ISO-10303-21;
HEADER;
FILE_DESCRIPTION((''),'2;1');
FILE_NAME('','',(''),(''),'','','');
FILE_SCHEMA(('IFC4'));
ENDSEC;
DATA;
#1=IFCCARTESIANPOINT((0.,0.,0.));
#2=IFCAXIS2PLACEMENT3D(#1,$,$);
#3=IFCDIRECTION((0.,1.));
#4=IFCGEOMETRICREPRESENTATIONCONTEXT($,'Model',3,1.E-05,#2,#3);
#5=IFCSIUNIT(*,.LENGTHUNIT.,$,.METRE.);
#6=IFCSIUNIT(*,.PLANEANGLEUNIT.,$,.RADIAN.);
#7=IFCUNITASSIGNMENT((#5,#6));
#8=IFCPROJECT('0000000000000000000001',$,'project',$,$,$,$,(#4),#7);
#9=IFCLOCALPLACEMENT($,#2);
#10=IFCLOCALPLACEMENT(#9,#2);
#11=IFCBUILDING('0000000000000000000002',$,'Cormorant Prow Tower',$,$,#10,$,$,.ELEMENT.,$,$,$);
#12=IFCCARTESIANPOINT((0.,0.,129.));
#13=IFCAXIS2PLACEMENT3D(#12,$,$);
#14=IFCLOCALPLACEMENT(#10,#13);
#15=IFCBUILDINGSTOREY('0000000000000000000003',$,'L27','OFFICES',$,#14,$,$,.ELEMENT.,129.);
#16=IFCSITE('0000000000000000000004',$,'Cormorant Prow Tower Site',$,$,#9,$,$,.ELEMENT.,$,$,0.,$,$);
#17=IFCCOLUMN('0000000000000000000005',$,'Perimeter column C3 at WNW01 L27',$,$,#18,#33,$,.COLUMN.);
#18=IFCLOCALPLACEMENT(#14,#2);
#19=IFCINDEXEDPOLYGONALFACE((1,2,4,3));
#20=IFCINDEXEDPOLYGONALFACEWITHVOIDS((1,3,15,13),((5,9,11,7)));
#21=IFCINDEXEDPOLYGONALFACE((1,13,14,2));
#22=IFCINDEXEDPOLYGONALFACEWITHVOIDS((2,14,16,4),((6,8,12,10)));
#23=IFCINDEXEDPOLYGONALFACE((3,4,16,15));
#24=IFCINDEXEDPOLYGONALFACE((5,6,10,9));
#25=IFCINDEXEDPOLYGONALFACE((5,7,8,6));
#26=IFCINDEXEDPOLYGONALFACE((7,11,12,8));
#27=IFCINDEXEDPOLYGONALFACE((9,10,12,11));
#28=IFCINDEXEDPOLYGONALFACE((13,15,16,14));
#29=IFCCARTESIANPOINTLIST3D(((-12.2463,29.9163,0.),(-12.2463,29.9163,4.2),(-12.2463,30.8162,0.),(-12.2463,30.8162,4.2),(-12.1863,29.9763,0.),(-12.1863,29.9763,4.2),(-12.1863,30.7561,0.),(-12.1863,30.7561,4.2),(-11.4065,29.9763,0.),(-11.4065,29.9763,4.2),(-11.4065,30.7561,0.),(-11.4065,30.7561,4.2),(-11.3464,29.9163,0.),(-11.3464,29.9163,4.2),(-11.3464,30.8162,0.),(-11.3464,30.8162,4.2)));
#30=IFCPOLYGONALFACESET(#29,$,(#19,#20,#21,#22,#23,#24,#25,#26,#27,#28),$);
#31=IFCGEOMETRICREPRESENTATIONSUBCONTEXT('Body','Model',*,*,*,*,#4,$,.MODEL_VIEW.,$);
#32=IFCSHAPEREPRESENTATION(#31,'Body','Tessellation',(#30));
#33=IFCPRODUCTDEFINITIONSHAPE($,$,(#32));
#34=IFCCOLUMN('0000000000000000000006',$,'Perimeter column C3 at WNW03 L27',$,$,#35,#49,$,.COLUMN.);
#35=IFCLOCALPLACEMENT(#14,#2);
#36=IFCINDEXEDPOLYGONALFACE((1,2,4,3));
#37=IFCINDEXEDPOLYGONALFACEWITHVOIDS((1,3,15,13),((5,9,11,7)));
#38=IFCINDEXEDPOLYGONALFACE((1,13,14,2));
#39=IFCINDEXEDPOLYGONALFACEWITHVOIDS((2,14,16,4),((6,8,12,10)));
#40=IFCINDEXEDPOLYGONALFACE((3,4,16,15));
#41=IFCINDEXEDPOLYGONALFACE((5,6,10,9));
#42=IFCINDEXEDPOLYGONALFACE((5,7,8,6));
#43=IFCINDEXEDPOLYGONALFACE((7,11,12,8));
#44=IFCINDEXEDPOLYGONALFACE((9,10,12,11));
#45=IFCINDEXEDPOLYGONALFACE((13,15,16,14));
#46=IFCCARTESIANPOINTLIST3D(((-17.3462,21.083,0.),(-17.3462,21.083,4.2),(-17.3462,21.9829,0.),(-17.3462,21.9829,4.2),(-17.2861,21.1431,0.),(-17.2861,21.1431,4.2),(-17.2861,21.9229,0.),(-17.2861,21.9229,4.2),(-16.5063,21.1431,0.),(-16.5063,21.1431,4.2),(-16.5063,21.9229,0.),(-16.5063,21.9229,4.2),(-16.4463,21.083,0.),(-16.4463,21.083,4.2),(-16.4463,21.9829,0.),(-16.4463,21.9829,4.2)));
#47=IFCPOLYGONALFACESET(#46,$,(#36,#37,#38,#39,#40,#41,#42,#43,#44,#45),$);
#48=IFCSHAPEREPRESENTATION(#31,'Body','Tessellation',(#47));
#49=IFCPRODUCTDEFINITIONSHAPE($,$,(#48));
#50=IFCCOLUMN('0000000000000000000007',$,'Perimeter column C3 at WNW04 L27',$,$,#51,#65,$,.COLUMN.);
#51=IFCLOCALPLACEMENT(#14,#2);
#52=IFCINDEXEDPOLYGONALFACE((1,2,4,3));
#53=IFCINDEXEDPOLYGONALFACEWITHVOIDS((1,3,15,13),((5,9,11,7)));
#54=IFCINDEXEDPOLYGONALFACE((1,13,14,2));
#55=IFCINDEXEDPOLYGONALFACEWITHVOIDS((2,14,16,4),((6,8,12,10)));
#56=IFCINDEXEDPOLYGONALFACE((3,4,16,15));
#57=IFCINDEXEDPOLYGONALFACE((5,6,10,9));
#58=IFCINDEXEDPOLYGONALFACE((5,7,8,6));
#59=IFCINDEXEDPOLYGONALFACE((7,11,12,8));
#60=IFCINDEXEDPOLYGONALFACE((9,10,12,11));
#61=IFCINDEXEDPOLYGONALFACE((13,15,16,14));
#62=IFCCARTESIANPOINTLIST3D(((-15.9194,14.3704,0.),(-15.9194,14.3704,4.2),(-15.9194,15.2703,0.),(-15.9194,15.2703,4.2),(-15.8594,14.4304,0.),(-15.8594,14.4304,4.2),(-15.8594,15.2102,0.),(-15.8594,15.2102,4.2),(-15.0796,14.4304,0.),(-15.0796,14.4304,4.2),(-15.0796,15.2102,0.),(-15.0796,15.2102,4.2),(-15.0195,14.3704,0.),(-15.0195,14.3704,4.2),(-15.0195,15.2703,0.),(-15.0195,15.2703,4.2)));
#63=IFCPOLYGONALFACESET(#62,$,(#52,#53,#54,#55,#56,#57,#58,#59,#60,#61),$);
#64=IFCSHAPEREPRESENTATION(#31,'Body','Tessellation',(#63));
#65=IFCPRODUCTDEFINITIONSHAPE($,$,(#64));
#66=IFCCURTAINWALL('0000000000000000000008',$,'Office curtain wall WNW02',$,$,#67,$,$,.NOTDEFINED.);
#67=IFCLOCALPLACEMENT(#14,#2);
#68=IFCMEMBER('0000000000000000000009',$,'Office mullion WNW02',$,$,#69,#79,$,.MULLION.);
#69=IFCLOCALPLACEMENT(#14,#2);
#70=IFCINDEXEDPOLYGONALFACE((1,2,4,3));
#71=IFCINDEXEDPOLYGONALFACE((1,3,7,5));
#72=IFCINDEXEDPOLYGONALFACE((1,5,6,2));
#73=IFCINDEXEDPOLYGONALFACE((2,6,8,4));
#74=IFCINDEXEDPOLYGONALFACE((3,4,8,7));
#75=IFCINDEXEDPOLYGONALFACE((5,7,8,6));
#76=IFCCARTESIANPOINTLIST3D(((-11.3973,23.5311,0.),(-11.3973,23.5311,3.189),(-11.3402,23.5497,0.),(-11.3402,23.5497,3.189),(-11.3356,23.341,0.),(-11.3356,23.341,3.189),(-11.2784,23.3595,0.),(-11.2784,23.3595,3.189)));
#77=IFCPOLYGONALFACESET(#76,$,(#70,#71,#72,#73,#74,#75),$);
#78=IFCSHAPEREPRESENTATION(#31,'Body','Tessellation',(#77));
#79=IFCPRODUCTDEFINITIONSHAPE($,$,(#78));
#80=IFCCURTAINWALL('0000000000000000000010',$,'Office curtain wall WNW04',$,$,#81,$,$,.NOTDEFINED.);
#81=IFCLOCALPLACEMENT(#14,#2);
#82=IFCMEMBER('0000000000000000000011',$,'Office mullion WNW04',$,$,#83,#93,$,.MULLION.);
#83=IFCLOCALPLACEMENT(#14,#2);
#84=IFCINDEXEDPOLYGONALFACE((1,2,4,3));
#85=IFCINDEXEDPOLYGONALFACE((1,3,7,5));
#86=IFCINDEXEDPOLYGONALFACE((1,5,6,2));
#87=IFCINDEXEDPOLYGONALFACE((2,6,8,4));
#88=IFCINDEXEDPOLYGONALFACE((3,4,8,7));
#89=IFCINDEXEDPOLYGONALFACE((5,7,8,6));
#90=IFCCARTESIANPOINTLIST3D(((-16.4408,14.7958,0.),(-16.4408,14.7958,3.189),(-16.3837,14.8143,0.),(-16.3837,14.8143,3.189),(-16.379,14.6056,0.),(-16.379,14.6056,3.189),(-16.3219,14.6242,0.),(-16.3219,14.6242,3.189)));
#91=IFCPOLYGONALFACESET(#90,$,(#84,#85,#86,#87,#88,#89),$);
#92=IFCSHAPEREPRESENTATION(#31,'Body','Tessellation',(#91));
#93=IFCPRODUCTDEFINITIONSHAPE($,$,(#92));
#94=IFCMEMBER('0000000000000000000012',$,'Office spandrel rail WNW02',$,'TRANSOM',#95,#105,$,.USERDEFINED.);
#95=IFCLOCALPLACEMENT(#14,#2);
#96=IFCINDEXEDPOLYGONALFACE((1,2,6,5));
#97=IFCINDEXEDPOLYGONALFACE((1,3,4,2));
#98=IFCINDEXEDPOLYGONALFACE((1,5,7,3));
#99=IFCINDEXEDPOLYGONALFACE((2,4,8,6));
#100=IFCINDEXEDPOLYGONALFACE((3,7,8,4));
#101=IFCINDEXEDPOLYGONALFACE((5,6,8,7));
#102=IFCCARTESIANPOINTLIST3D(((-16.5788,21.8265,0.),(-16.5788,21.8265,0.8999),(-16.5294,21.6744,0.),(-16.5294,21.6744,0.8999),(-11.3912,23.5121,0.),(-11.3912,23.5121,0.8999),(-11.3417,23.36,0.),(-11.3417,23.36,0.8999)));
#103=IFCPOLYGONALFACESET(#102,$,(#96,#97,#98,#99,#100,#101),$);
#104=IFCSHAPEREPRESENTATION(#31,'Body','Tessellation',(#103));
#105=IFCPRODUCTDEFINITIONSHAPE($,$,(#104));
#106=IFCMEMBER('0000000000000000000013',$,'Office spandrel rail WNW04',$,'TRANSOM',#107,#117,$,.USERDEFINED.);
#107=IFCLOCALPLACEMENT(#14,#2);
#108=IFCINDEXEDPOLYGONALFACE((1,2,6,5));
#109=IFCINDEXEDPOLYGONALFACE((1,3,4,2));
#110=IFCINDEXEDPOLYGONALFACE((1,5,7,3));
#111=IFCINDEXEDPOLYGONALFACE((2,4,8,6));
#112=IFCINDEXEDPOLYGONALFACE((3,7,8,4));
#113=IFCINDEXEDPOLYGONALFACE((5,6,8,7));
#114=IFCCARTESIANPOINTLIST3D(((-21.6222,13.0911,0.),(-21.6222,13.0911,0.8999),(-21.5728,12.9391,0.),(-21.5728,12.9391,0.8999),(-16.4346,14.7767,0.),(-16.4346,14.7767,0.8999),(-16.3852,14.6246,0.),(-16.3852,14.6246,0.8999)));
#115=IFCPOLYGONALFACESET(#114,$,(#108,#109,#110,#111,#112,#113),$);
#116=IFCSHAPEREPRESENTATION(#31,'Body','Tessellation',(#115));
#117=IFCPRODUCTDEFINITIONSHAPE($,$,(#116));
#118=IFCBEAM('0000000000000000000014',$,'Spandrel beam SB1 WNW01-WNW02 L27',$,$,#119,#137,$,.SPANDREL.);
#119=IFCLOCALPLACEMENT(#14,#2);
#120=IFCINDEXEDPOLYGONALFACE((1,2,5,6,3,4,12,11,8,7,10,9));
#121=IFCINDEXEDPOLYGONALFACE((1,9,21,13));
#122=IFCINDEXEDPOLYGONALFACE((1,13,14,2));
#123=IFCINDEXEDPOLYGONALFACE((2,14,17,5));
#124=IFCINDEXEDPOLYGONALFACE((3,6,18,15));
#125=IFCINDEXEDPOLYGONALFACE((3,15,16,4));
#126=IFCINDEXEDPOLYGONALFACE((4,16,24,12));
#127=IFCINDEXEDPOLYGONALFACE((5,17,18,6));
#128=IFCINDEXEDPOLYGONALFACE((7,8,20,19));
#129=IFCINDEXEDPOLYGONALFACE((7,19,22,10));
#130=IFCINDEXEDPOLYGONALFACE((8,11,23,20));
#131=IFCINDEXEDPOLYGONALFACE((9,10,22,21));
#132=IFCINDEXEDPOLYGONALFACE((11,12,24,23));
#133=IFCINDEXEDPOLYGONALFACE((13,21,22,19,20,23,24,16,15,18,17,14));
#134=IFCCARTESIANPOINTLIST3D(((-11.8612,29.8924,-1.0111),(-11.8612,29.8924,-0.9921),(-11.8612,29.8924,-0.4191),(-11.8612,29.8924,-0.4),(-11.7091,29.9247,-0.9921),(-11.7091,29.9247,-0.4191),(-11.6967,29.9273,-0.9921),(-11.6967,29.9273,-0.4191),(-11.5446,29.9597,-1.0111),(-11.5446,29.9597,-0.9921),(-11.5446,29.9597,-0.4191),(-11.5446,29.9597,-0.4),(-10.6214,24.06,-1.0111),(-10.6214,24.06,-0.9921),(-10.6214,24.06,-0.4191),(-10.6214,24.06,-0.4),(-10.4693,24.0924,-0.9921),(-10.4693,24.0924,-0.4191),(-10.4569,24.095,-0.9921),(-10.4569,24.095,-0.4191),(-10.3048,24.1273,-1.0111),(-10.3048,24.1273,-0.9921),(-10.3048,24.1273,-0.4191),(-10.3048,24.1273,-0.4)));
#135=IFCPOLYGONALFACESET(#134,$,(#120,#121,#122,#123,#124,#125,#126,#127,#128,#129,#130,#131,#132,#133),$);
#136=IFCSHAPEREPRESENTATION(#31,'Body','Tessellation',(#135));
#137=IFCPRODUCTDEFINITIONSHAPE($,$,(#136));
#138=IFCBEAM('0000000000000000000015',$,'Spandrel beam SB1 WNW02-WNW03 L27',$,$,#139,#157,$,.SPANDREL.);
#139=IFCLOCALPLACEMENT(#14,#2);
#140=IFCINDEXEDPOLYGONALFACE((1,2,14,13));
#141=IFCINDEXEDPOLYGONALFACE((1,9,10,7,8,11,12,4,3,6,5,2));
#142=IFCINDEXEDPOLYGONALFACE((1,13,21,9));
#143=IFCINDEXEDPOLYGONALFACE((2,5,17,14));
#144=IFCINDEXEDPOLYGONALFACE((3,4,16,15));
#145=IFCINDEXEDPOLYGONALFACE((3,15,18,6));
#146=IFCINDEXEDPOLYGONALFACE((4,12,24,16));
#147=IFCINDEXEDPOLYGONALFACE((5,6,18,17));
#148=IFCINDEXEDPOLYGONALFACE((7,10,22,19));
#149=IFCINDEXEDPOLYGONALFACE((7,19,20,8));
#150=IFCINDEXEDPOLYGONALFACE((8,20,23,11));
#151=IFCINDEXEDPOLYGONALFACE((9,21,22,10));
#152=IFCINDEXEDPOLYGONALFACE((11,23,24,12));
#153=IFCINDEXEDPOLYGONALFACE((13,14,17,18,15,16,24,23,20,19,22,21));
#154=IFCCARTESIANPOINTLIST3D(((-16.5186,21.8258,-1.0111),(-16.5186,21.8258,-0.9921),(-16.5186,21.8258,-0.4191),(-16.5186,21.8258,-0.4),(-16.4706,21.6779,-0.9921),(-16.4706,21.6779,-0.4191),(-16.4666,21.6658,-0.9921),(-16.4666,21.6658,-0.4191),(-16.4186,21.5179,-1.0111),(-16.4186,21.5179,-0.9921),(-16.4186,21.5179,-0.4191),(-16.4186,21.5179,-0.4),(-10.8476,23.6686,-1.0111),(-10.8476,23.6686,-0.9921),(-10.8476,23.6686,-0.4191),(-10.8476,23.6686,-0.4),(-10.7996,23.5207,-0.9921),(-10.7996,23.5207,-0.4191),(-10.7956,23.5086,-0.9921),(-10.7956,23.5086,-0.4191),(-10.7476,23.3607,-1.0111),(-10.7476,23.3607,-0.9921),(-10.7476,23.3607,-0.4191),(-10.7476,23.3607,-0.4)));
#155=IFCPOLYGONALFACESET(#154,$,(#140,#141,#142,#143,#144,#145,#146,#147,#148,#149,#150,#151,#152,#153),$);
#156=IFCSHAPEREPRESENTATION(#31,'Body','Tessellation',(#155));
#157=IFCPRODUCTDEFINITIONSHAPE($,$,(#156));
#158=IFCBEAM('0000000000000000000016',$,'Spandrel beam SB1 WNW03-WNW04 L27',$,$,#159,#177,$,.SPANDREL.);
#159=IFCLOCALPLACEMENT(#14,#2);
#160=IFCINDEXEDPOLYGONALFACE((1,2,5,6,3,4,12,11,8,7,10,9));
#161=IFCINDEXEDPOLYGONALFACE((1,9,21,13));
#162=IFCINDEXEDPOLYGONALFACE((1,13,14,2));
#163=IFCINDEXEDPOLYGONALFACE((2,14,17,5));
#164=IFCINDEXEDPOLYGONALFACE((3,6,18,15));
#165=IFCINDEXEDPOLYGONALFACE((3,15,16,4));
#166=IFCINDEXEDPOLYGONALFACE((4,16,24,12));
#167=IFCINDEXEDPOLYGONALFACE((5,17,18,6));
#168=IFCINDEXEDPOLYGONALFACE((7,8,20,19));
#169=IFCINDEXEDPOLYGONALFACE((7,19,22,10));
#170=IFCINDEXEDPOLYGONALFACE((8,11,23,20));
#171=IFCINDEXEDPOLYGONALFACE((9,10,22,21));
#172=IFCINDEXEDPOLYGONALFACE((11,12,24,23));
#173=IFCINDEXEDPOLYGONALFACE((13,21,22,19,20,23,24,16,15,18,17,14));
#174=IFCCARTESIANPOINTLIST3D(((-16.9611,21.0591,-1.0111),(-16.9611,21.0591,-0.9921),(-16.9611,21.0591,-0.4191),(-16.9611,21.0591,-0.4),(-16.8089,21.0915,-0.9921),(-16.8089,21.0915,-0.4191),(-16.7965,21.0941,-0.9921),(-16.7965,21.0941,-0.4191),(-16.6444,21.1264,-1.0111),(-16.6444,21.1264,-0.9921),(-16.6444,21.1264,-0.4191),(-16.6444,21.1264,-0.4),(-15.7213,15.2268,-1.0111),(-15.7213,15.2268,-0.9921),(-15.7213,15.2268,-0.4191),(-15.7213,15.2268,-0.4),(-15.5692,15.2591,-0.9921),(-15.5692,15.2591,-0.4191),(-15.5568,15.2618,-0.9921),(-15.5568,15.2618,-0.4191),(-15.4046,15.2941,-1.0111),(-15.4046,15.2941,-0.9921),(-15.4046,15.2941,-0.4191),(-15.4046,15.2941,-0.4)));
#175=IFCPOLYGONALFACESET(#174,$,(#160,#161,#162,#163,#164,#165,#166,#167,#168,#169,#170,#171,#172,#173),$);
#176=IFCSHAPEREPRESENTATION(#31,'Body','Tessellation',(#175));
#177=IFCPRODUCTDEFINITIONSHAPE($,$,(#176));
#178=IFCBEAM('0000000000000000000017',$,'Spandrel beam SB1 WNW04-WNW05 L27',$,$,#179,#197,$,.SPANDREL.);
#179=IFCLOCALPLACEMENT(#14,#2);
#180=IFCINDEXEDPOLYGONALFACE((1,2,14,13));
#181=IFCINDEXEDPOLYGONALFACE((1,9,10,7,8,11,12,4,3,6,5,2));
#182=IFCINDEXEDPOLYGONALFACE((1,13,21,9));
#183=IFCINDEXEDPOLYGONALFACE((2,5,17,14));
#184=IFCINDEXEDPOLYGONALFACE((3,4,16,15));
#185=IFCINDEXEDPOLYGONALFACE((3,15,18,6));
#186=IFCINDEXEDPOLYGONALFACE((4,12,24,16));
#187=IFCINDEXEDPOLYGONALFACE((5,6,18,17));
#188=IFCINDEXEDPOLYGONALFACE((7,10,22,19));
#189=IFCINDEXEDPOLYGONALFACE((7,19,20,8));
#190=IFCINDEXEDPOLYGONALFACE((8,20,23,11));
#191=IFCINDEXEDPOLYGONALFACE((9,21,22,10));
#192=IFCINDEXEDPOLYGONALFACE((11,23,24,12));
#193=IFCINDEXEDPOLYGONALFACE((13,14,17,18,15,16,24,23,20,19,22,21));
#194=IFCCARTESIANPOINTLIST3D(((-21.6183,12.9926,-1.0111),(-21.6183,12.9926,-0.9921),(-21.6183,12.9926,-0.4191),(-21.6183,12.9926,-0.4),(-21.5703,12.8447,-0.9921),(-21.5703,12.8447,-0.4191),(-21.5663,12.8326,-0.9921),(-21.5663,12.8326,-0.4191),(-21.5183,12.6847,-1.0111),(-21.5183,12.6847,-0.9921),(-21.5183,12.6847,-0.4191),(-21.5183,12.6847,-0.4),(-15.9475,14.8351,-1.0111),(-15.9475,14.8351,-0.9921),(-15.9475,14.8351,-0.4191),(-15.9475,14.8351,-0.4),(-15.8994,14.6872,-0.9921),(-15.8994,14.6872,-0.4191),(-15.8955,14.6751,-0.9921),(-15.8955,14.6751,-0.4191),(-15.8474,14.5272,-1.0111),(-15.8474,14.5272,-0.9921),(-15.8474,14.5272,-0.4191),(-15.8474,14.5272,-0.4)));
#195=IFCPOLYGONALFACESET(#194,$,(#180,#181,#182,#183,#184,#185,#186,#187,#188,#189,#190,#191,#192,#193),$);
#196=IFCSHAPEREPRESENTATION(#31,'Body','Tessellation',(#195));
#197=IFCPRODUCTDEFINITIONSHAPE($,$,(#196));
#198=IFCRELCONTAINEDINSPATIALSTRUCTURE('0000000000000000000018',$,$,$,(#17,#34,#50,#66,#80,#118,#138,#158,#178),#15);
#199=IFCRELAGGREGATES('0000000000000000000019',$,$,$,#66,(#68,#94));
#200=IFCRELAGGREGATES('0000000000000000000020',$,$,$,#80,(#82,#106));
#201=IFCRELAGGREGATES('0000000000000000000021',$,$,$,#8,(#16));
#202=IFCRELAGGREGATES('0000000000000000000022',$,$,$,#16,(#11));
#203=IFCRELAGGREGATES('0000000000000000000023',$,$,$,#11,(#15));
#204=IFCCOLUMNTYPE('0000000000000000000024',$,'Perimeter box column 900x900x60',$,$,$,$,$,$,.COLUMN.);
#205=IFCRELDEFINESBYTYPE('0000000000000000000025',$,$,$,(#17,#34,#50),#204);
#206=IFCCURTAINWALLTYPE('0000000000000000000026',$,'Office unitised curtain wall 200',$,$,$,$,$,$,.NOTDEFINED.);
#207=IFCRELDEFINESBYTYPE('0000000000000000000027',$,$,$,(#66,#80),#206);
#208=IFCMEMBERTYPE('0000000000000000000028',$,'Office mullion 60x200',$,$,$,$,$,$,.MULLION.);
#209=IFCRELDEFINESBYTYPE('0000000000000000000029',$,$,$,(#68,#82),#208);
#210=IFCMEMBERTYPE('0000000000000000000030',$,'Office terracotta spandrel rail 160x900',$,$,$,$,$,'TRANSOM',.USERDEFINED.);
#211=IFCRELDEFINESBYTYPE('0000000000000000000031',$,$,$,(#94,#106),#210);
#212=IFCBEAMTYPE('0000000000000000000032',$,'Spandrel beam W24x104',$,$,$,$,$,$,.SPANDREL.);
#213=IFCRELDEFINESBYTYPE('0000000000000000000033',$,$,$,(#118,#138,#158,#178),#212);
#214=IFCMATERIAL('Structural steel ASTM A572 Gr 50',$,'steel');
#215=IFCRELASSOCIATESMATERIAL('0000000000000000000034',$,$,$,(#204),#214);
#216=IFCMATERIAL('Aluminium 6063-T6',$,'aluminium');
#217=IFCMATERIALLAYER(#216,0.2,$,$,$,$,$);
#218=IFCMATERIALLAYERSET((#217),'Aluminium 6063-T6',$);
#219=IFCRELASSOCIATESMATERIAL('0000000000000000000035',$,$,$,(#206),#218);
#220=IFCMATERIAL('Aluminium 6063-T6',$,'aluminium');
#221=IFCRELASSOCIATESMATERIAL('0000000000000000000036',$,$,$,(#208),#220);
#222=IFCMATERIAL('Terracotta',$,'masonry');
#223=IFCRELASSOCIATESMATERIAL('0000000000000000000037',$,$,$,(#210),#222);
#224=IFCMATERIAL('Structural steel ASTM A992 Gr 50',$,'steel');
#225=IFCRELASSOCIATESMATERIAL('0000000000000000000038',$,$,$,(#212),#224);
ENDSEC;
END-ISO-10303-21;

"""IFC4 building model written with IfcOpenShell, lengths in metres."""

from ifc_helpers import new_model, si_unit, direction, frame, origin, origin_2d, place, context, subcontext, project, spatial, rectangle, hollow_rectangle, i_section, extrude, material, layer, layer_set, material_profile, profile_set, type_object, element, aggregate, save


model = new_model("IFC4")

# Units and contexts
model_context = context("Model", 3, precision=1e-05, world=origin(), true_north=direction((0.0, 1.0)))
body_context = subcontext(model_context, "Body", "Model", "MODEL_VIEW")
ifc_project = project(units=[si_unit("LENGTHUNIT", "METRE"), si_unit("PLANEANGLEUNIT", "RADIAN")], contexts=[model_context])

# Site, building, storey
site_placement = place(None, origin())
site = spatial("IfcSite", under=ifc_project, at=site_placement, Name="Cormorant Prow Tower Site", CompositionType="ELEMENT", RefElevation=0.0)
building_placement = place(site_placement, origin())
building = spatial("IfcBuilding", under=site, at=building_placement, Name="Cormorant Prow Tower", CompositionType="ELEMENT")
storey_placement = place(building_placement, frame((0.0, 0.0, 129.0)))
storey = spatial("IfcBuildingStorey", under=building, at=storey_placement, Name="L27", Description="OFFICES", CompositionType="ELEMENT", Elevation=129.0)

# Columns
ifc_material_1 = material(Name="Structural steel ASTM A572 Gr 50", Category="steel")
ifc_material_profile_1 = material_profile(ifc_material_1, hollow_rectangle(XDim=0.8999, YDim=0.8999, WallThickness=0.0601, at=origin_2d()), Name="Box 900x900x60")
ifc_profile_set_1 = profile_set([ifc_material_profile_1], Name="Structural steel ASTM A572 Gr 50")
column_type = type_object("IfcColumnType", Name="Perimeter box column 900x900x60", PredefinedType="COLUMN", material=ifc_profile_set_1)
for number, where, z_axis, x_axis, name in (
    (1, (-11.7964, 30.3662, 0.0), (0.0, 0.0, 1.0), (1.0, 0.0, 0.0), "Perimeter column C3 at WNW01 L27"),
    (2, (-16.8962, 21.533, 0.0), (0.0, 0.0, 1.0), (1.0, 0.0, 0.0), "Perimeter column C3 at WNW03 L27"),
    (3, (-15.4695, 14.8203, 0.0), (0.0, 0.0, 1.0), (1.0, 0.0, 0.0), "Perimeter column C3 at WNW04 L27"),
):
    element("IfcColumn", number, at=place(storey_placement, frame(where, z_axis=z_axis, x_axis=x_axis)), inside=storey, type_object=column_type, Name=name, PredefinedType="COLUMN", context=body_context, shape_type="SweptSolid", body=[
        extrude(hollow_rectangle(XDim=0.8999, YDim=0.8999, WallThickness=0.0601, at=origin_2d()), origin(), (0.0, 0.0, 1.0), 4.2),
    ])

# Curtain walls, members
ifc_material_2 = material(Name="Aluminium 6063-T6", Category="aluminium")
ifc_layer_1 = layer(ifc_material_2, 0.2)
ifc_layer_set_1 = layer_set([ifc_layer_1], Name="Aluminium 6063-T6")
curtain_wall_type = type_object("IfcCurtainWallType", Name="Office unitised curtain wall 200", PredefinedType="NOTDEFINED", material=ifc_layer_set_1)
curtain_wall_1_placement = place(storey_placement, origin())
curtain_wall_1 = element("IfcCurtainWall", 4, at=curtain_wall_1_placement, inside=storey, type_object=curtain_wall_type, Name="Office curtain wall WNW02", PredefinedType="NOTDEFINED")
ifc_material_3 = material(Name="Aluminium 6063-T6", Category="aluminium")
ifc_material_profile_2 = material_profile(ifc_material_3, rectangle(XDim=0.2, YDim=0.0601, at=origin_2d()), Name="Office mullion 60x200")
ifc_profile_set_2 = profile_set([ifc_material_profile_2], Name="Aluminium 6063-T6")
member_type_1 = type_object("IfcMemberType", Name="Office mullion 60x200", PredefinedType="MULLION", material=ifc_profile_set_2)
member_1_placement = place(storey_placement, frame((-11.3379, 23.4453, 0.0), z_axis=(0.0, 0.0, 1.0), x_axis=(0.309017, -0.951057, 0.0)))
member_1 = element("IfcMember", 5, at=member_1_placement, type_object=member_type_1, Name="Office mullion WNW02", PredefinedType="MULLION", context=body_context, shape_type="SweptSolid", body=[
    extrude(rectangle(XDim=0.2, YDim=0.0601, at=origin_2d()), origin(), (0.0, 0.0, 1.0), 3.189),
])
curtain_wall_2_placement = place(storey_placement, origin())
curtain_wall_2 = element("IfcCurtainWall", 6, at=curtain_wall_2_placement, inside=storey, type_object=curtain_wall_type, Name="Office curtain wall WNW04", PredefinedType="NOTDEFINED")
member_2_placement = place(storey_placement, frame((-16.3813, 14.71, 0.0), z_axis=(0.0, 0.0, 1.0), x_axis=(0.309017, -0.951057, 0.0)))
member_2 = element("IfcMember", 7, at=member_2_placement, type_object=member_type_1, Name="Office mullion WNW04", PredefinedType="MULLION", context=body_context, shape_type="SweptSolid", body=[
    extrude(rectangle(XDim=0.2, YDim=0.0601, at=origin_2d()), origin(), (0.0, 0.0, 1.0), 3.189),
])

# Members
ifc_material_4 = material(Name="Terracotta", Category="masonry")
ifc_material_profile_3 = material_profile(ifc_material_4, rectangle(XDim=0.1599, YDim=0.8999, at=origin_2d()), Name="Office terracotta spandrel rail 160x900")
ifc_profile_set_3 = profile_set([ifc_material_profile_3], Name="Terracotta")
member_type_2 = type_object("IfcMemberType", Name="Office terracotta spandrel rail 160x900", ElementType="TRANSOM", PredefinedType="USERDEFINED", material=ifc_profile_set_3)
member_3_placement = place(storey_placement, frame((-11.3665, 23.436, 0.45), z_axis=(-0.951055, -0.309021, 0.0), x_axis=(0.309021, -0.951055, 0.0)))
member_3 = element("IfcMember", 8, at=member_3_placement, type_object=member_type_2, Name="Office spandrel rail WNW02", ObjectType="TRANSOM", PredefinedType="USERDEFINED", context=body_context, shape_type="SweptSolid", body=[
    extrude(rectangle(XDim=0.1599, YDim=0.8999, at=origin_2d()), origin(), (0.0, 0.0, 1.0), 5.4546),
])
member_4_placement = place(storey_placement, frame((-16.4099, 14.7007, 0.45), z_axis=(-0.951055, -0.309021, 0.0), x_axis=(0.309021, -0.951055, 0.0)))
member_4 = element("IfcMember", 9, at=member_4_placement, type_object=member_type_2, Name="Office spandrel rail WNW04", ObjectType="TRANSOM", PredefinedType="USERDEFINED", context=body_context, shape_type="SweptSolid", body=[
    extrude(rectangle(XDim=0.1599, YDim=0.8999, at=origin_2d()), origin(), (0.0, 0.0, 1.0), 5.4546),
])

# Beams
ifc_material_5 = material(Name="Structural steel ASTM A992 Gr 50", Category="steel")
ifc_material_profile_4 = material_profile(ifc_material_5, i_section(OverallWidth=0.3237, OverallDepth=0.6111, WebThickness=0.0127, FlangeThickness=0.019, at=origin_2d()), Name="W24x104")
ifc_profile_set_4 = profile_set([ifc_material_profile_4], Name="Structural steel ASTM A992 Gr 50")
beam_type = type_object("IfcBeamType", Name="Spandrel beam W24x104", PredefinedType="SPANDREL", material=ifc_profile_set_4)
beam_1_placement = place(storey_placement, frame((-11.7029, 29.926, -0.7056), z_axis=(0.207921, -0.978146, 0.0), x_axis=(0.978146, 0.207921, 0.0)))
element("IfcBeam", 10, at=beam_1_placement, inside=storey, type_object=beam_type, Name="Spandrel beam SB1 WNW01-WNW02 L27", PredefinedType="SPANDREL", context=body_context, shape_type="SweptSolid", body=[
    extrude(i_section(OverallWidth=0.3237, OverallDepth=0.6111, WebThickness=0.0127, FlangeThickness=0.019, at=origin_2d()), origin(), (0.0, 0.0, 1.0), 5.9626),
])
beam_2_placement = place(storey_placement, frame((-10.7976, 23.5146, -0.7056), z_axis=(-0.951047, -0.309045, 0.0), x_axis=(0.309045, -0.951047, 0.0)))
element("IfcBeam", 11, at=beam_2_placement, inside=storey, type_object=beam_type, Name="Spandrel beam SB1 WNW02-WNW03 L27", PredefinedType="SPANDREL", context=body_context, shape_type="SweptSolid", body=[
    extrude(i_section(OverallWidth=0.3237, OverallDepth=0.6111, WebThickness=0.0127, FlangeThickness=0.019, at=origin_2d()), origin(), (0.0, 0.0, 1.0), 5.9629),
])
for number, where, z_axis, x_axis, name in (
    (12, (-16.8027, 21.0928, -0.7056), (0.207921, -0.978146, 0.0), (0.978146, 0.207921, 0.0), "Spandrel beam SB1 WNW03-WNW04 L27"),
    (13, (-15.8975, 14.6812, -0.7056), (-0.951059, -0.309008, 0.0), (0.309008, -0.951059, 0.0), "Spandrel beam SB1 WNW04-WNW05 L27"),
):
    element("IfcBeam", number, at=place(storey_placement, frame(where, z_axis=z_axis, x_axis=x_axis)), inside=storey, type_object=beam_type, Name=name, PredefinedType="SPANDREL", context=body_context, shape_type="SweptSolid", body=[
        extrude(i_section(OverallWidth=0.3237, OverallDepth=0.6111, WebThickness=0.0127, FlangeThickness=0.019, at=origin_2d()), origin(), (0.0, 0.0, 1.0), 5.9626),
    ])

aggregate(curtain_wall_1, [member_1, member_3])
aggregate(curtain_wall_2, [member_2, member_4])

save(model, "model.ifc")
